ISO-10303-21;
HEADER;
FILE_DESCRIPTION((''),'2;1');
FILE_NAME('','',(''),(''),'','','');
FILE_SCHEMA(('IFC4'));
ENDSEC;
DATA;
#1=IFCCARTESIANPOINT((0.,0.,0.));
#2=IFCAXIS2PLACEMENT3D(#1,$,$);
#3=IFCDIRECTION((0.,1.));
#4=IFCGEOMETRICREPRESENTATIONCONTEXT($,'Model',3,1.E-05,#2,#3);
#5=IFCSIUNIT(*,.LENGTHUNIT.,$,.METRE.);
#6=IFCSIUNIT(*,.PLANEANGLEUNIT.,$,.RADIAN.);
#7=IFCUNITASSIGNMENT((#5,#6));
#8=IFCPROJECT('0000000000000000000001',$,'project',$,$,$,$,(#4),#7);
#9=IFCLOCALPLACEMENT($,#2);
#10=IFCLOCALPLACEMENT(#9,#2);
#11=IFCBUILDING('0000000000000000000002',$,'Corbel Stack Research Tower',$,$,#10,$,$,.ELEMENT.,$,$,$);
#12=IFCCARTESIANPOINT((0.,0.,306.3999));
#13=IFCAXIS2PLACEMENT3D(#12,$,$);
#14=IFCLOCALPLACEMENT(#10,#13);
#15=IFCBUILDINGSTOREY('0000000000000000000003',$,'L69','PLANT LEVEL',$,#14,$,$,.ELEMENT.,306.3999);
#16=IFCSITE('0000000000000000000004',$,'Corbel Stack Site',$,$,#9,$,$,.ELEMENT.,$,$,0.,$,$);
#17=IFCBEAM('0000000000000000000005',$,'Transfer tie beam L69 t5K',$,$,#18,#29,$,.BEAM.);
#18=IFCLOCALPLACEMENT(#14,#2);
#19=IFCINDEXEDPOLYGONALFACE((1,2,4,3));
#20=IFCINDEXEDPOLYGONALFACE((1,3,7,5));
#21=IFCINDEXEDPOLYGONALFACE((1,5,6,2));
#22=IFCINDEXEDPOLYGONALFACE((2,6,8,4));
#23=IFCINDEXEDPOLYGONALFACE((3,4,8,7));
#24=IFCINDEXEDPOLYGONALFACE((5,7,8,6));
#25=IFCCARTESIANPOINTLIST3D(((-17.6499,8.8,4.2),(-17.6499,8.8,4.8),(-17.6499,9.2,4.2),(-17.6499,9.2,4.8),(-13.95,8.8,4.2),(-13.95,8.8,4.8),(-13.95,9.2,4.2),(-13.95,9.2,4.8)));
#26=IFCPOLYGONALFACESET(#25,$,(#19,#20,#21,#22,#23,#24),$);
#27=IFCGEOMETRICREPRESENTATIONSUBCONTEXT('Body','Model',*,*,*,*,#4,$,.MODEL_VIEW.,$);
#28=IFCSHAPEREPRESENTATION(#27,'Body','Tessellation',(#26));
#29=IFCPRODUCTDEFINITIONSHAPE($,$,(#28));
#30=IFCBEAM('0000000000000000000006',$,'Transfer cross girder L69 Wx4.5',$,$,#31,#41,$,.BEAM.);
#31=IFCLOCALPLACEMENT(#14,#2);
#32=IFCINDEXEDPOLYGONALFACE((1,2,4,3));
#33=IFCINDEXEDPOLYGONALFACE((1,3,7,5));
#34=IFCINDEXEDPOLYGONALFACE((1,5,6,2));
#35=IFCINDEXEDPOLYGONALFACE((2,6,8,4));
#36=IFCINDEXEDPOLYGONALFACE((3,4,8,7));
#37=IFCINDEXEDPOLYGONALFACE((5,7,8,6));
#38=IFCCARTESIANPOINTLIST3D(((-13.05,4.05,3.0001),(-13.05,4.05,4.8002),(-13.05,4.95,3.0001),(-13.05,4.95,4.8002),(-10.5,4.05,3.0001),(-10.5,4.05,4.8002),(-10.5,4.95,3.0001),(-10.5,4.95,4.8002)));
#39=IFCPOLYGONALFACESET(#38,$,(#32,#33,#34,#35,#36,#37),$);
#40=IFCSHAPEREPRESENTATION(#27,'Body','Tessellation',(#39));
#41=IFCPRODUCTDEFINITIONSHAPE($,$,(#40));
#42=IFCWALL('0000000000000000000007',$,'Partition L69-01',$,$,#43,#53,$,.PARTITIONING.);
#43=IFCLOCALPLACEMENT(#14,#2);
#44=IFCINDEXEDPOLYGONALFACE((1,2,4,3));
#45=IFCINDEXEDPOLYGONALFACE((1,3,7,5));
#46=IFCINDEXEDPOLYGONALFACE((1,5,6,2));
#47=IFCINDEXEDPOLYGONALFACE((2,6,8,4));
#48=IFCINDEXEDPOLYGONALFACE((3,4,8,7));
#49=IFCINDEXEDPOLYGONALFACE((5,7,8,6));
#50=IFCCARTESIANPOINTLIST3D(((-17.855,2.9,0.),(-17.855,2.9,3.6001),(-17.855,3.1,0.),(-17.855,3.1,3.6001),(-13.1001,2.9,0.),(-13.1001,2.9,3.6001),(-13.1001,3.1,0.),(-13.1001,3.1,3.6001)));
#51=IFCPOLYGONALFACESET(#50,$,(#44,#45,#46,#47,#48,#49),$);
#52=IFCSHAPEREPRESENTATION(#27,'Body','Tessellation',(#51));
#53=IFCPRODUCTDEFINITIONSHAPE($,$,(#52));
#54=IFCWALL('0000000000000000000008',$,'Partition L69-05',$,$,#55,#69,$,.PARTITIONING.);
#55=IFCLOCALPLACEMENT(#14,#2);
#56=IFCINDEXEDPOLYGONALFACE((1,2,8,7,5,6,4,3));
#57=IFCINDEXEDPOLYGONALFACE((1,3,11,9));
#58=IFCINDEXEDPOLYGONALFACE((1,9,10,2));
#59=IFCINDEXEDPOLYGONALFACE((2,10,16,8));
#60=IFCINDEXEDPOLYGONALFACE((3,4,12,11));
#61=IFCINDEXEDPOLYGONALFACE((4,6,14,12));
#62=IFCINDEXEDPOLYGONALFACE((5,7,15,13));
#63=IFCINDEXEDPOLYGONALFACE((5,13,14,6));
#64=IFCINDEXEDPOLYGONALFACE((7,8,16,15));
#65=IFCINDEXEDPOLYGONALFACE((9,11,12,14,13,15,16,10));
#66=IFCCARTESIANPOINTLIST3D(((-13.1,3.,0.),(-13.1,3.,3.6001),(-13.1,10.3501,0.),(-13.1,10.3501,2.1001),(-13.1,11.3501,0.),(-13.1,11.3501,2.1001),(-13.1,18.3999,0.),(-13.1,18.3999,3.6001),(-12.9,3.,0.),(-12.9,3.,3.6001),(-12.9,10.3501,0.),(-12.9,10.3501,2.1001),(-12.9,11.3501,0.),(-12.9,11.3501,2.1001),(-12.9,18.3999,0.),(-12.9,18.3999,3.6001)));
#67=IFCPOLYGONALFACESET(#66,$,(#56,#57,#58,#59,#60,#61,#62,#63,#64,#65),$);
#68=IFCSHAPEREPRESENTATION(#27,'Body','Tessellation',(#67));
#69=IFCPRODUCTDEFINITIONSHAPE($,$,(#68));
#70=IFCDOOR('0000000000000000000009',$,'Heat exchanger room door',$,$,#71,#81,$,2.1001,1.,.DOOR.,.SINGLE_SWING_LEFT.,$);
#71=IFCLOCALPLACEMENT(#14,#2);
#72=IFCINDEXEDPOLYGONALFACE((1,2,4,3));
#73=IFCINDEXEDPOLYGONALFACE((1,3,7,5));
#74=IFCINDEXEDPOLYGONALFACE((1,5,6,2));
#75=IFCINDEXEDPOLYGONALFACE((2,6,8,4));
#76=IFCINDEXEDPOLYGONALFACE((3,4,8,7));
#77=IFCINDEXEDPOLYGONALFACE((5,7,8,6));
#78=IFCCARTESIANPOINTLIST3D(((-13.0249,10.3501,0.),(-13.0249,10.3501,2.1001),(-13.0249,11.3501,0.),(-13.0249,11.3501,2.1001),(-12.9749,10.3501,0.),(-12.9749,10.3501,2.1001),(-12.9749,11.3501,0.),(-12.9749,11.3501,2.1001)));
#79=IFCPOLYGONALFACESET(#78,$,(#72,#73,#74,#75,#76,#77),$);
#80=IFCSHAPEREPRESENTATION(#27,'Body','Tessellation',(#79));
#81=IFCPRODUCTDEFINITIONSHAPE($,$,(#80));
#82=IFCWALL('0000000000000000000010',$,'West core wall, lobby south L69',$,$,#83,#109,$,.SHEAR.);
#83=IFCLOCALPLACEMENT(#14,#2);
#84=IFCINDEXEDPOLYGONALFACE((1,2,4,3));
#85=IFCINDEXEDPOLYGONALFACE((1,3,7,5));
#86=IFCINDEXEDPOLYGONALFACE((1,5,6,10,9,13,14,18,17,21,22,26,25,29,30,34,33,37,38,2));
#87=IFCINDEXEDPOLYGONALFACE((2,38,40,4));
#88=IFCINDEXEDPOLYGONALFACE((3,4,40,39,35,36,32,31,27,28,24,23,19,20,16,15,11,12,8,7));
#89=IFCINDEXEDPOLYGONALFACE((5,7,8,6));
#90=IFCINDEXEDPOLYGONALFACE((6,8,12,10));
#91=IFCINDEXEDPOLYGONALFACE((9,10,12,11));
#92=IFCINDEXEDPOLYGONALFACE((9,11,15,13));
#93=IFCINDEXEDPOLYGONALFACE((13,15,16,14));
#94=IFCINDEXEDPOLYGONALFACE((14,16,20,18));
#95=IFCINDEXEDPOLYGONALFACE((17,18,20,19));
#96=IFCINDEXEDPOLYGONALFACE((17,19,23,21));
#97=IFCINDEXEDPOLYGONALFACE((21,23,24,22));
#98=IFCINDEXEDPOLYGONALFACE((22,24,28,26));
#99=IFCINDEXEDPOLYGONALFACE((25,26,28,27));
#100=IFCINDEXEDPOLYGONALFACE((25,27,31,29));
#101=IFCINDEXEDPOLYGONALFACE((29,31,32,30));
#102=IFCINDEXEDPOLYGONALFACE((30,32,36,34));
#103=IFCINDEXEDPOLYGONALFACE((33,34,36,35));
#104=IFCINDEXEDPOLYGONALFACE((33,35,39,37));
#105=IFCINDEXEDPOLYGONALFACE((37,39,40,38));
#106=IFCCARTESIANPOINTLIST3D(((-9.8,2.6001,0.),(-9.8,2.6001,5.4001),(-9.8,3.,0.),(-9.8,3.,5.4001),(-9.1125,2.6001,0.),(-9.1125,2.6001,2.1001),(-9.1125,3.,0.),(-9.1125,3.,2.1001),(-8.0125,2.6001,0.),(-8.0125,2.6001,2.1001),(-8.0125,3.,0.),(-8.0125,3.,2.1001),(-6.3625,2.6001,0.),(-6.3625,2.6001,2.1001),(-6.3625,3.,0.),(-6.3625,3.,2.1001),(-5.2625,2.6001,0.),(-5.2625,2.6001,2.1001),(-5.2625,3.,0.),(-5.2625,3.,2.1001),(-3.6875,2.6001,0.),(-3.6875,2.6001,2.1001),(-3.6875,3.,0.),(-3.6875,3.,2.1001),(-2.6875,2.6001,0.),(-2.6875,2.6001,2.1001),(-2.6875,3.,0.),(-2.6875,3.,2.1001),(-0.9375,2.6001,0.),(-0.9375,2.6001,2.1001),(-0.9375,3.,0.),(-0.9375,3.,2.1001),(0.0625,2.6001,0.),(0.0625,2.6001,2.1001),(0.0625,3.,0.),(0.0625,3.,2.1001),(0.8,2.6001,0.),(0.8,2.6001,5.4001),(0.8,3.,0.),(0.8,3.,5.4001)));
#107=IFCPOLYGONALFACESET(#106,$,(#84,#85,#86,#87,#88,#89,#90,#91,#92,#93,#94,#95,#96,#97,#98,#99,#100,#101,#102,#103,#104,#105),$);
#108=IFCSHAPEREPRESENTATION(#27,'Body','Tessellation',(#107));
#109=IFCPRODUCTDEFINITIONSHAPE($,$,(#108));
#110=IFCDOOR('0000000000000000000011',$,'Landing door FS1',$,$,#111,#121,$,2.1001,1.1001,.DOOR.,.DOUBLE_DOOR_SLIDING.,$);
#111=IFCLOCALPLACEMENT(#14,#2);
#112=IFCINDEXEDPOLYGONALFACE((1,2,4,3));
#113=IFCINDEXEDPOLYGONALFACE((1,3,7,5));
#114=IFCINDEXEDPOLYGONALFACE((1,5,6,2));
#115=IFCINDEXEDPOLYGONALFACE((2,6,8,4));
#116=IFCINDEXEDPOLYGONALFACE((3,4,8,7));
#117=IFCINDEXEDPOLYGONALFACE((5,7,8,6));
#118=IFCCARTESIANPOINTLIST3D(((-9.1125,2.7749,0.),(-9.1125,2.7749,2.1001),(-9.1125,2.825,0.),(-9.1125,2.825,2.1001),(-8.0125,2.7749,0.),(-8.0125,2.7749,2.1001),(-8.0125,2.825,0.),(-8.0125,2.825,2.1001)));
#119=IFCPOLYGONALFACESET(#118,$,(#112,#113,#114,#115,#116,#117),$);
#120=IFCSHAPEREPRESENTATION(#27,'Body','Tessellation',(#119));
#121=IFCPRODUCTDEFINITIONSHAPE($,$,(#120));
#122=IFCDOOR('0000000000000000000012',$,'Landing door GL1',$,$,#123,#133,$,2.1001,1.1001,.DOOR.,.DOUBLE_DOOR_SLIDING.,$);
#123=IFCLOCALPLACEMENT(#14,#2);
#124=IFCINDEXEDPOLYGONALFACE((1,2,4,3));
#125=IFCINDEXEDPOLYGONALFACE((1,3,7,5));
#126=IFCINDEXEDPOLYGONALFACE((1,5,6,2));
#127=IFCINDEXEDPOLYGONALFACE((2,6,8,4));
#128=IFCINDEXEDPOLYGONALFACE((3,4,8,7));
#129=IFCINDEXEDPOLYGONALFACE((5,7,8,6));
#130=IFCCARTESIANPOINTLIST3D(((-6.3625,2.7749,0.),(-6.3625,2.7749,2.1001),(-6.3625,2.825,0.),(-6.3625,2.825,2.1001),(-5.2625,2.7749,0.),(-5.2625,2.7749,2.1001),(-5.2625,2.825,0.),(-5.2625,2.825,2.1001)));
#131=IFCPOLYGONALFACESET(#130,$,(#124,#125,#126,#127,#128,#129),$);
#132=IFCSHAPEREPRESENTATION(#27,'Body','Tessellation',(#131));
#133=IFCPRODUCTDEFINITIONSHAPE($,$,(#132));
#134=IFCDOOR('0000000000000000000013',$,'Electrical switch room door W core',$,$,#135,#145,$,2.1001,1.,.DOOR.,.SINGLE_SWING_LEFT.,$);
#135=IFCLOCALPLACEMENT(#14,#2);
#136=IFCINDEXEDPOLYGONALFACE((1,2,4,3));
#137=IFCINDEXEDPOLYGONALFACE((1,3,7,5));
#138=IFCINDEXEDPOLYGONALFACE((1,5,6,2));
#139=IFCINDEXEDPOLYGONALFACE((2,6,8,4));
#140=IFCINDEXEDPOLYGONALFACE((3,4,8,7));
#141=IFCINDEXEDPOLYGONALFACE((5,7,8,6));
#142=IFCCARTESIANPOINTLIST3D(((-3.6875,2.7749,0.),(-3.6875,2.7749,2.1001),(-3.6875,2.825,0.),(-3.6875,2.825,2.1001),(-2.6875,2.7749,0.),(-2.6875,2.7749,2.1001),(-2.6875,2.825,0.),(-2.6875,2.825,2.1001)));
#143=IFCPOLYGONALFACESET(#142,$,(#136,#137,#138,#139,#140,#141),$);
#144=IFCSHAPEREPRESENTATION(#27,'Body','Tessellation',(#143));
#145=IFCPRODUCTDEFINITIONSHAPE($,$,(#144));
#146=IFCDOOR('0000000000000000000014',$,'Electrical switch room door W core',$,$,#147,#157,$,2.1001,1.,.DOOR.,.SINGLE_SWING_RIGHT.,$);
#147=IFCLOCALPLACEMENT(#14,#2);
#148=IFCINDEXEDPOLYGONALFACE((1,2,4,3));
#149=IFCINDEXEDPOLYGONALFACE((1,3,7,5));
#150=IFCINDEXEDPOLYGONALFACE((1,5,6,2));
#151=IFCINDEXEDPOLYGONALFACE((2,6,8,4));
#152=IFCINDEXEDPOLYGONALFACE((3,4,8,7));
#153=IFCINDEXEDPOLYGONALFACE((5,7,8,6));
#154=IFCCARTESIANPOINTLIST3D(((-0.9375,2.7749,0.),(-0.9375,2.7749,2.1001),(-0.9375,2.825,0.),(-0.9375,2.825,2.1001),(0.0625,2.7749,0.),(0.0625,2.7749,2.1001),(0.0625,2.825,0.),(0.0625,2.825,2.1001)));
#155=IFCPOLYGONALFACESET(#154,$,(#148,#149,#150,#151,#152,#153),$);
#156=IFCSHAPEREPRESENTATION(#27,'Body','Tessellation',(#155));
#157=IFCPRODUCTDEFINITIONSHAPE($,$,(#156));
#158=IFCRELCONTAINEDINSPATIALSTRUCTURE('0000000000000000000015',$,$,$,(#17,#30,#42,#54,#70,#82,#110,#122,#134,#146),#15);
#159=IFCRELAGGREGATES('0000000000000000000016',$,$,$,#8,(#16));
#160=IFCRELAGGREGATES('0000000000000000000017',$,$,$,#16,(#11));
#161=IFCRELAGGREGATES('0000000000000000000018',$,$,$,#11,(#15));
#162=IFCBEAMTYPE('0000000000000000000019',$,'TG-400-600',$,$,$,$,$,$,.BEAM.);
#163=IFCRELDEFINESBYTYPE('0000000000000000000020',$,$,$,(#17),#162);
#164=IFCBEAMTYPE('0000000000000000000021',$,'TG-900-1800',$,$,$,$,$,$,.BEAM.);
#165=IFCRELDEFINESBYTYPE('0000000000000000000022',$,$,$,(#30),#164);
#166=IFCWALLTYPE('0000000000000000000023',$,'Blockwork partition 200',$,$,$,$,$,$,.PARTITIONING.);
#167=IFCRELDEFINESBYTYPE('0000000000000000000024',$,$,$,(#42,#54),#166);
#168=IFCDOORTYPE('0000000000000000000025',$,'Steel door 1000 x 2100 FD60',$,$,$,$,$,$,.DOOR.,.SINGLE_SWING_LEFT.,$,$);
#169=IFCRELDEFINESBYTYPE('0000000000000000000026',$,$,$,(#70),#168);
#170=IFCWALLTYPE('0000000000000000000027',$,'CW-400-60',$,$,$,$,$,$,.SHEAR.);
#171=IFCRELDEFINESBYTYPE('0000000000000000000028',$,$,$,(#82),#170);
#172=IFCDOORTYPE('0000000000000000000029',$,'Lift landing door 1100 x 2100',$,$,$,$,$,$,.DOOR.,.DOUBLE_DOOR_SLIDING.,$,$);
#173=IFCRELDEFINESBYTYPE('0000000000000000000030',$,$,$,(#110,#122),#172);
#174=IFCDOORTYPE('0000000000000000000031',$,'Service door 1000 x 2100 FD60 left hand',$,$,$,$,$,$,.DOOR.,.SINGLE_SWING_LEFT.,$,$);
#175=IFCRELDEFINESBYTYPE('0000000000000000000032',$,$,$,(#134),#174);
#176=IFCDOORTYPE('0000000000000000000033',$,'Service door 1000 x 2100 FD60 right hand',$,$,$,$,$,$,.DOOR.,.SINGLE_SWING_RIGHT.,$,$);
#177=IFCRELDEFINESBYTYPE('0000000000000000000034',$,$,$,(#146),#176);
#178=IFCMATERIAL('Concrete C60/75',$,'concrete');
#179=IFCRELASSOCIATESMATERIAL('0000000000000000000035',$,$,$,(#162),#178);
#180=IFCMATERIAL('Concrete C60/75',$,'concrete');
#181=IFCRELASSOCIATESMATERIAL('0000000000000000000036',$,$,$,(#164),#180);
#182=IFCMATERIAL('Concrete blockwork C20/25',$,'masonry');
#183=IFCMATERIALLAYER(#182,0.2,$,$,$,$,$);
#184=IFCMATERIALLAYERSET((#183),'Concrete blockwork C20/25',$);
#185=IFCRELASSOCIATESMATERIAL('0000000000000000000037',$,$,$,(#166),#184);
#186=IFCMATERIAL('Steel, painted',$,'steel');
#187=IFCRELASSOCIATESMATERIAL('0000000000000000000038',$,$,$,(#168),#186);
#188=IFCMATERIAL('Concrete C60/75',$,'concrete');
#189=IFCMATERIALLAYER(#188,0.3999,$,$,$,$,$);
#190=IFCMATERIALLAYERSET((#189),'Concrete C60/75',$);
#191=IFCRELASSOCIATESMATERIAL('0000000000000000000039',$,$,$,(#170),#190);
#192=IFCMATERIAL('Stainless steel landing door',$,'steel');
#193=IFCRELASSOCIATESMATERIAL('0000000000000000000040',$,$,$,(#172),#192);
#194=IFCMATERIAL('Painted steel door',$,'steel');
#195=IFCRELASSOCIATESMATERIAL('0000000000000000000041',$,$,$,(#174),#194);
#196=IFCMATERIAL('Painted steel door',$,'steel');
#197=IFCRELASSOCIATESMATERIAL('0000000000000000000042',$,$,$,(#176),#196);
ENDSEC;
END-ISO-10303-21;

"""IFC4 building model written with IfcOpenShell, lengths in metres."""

from ifc_helpers import new_model, si_unit, direction, frame, frame_2d, origin, origin_2d, place, context, subcontext, project, spatial, rectangle, extrude, material, layer, layer_set, material_profile, profile_set, type_object, element, fill, save


model = new_model("IFC4")

# Units and contexts
model_context = context("Model", 3, precision=1e-05, world=origin(), true_north=direction((0.0, 1.0)))
body_context = subcontext(model_context, "Body", "Model", "MODEL_VIEW")
ifc_project = project(units=[si_unit("LENGTHUNIT", "METRE"), si_unit("PLANEANGLEUNIT", "RADIAN")], contexts=[model_context])

# Site, building, storey
site_placement = place(None, origin())
site = spatial("IfcSite", under=ifc_project, at=site_placement, Name="Corbel Stack Site", CompositionType="ELEMENT", RefElevation=0.0)
building_placement = place(site_placement, origin())
building = spatial("IfcBuilding", under=site, at=building_placement, Name="Corbel Stack Research Tower", CompositionType="ELEMENT")
storey_placement = place(building_placement, frame((0.0, 0.0, 306.3999)))
storey = spatial("IfcBuildingStorey", under=building, at=storey_placement, Name="L69", Description="PLANT LEVEL", CompositionType="ELEMENT", Elevation=306.3999)

# Beams
ifc_material_1 = material(Name="Concrete C60/75", Category="concrete")
ifc_material_profile_1 = material_profile(ifc_material_1, rectangle(XDim=0.3999, YDim=0.6001, at=origin_2d()), Name="RC 400 x 600")
ifc_profile_set_1 = profile_set([ifc_material_profile_1], Name="Concrete C60/75")
beam_type_1 = type_object("IfcBeamType", Name="TG-400-600", PredefinedType="BEAM", material=ifc_profile_set_1)
beam_1_placement = place(storey_placement, frame((-13.95, 9.0, 4.5), z_axis=(-1.0, 0.0, 0.0), x_axis=(0.0, -1.0, 0.0)))
element("IfcBeam", 1, at=beam_1_placement, inside=storey, type_object=beam_type_1, Name="Transfer tie beam L69 t5K", PredefinedType="BEAM", context=body_context, shape_type="SweptSolid", body=[
    extrude(rectangle(XDim=0.3999, YDim=0.6001, at=origin_2d()), origin(), (0.0, 0.0, 1.0), 3.7),
])
ifc_material_2 = material(Name="Concrete C60/75", Category="concrete")
ifc_material_profile_2 = material_profile(ifc_material_2, rectangle(XDim=0.8999, YDim=1.8, at=origin_2d()), Name="RC 900 x 1800")
ifc_profile_set_2 = profile_set([ifc_material_profile_2], Name="Concrete C60/75")
beam_type_2 = type_object("IfcBeamType", Name="TG-900-1800", PredefinedType="BEAM", material=ifc_profile_set_2)
beam_2_placement = place(storey_placement, frame((-13.05, 4.5, 3.9001), z_axis=(1.0, 0.0, 0.0), x_axis=(0.0, 1.0, 0.0)))
element("IfcBeam", 2, at=beam_2_placement, inside=storey, type_object=beam_type_2, Name="Transfer cross girder L69 Wx4.5", PredefinedType="BEAM", context=body_context, shape_type="SweptSolid", body=[
    extrude(rectangle(XDim=0.8999, YDim=1.8, at=origin_2d()), origin(), (0.0, 0.0, 1.0), 2.55),
])

# Wall
ifc_material_3 = material(Name="Concrete blockwork C20/25", Category="masonry")
ifc_layer_1 = layer(ifc_material_3, 0.2)
ifc_layer_set_1 = layer_set([ifc_layer_1], Name="Concrete blockwork C20/25")
wall_type_1 = type_object("IfcWallType", Name="Blockwork partition 200", PredefinedType="PARTITIONING", material=ifc_layer_set_1)
wall_1_placement = place(storey_placement, frame((-17.855, 3.0, 0.0), z_axis=(0.0, 0.0, 1.0), x_axis=(1.0, 0.0, 0.0)))
element("IfcWall", 3, at=wall_1_placement, inside=storey, type_object=wall_type_1, Name="Partition L69-01", PredefinedType="PARTITIONING", context=body_context, shape_type="SweptSolid", body=[
    extrude(rectangle(XDim=4.7549, YDim=0.2, at=frame_2d((2.3774, 0.0))), origin(), (0.0, 0.0, 1.0), 3.6001),
])

# Wall, opening, door
wall_2_placement = place(storey_placement, frame((-13.0, 3.0, 0.0), z_axis=(0.0, 0.0, 1.0), x_axis=(0.0, 1.0, 0.0)))
wall_2 = element("IfcWall", 4, at=wall_2_placement, inside=storey, type_object=wall_type_1, Name="Partition L69-05", PredefinedType="PARTITIONING", context=body_context, shape_type="SweptSolid", body=[
    extrude(rectangle(XDim=15.3999, YDim=0.2, at=frame_2d((7.7, 0.0))), origin(), (0.0, 0.0, 1.0), 3.6001),
])
opening_1_placement = place(wall_2_placement, frame((7.3501, 0.0, 0.0)))
opening_1 = element("IfcOpeningElement", 5, at=opening_1_placement, cuts=wall_2, PredefinedType="OPENING", context=body_context, shape_type="SweptSolid", body=[
    extrude(rectangle(XDim=1.0, YDim=2.1001, at=frame_2d((0.5, 1.05))), frame((0.0, 0.1099, 0.0), z_axis=(0.0, -1.0, 0.0), x_axis=(1.0, 0.0, 0.0)), (0.0, 0.0, 1.0), 0.22),
])
ifc_material_4 = material(Name="Steel, painted", Category="steel")
door_type_1 = type_object("IfcDoorType", Name="Steel door 1000 x 2100 FD60", OperationType="SINGLE_SWING_LEFT", PredefinedType="DOOR", material=ifc_material_4)
door_1_placement = place(opening_1_placement, origin())
door_1 = element("IfcDoor", 6, at=door_1_placement, inside=storey, type_object=door_type_1, Name="Heat exchanger room door", OperationType="SINGLE_SWING_LEFT", OverallHeight=2.1001, OverallWidth=1.0, PredefinedType="DOOR", context=body_context, shape_type="SweptSolid", body=[
    extrude(rectangle(XDim=1.0, YDim=2.1001, at=frame_2d((0.5, 1.05))), frame((0.0, 0.0249, 0.0), z_axis=(0.0, -1.0, 0.0), x_axis=(1.0, 0.0, 0.0)), (0.0, 0.0, 1.0), 0.05),
])
fill(opening_1, door_1)

# Wall, openings, doors
ifc_material_5 = material(Name="Concrete C60/75", Category="concrete")
ifc_layer_2 = layer(ifc_material_5, 0.3999)
ifc_layer_set_2 = layer_set([ifc_layer_2], Name="Concrete C60/75")
wall_type_2 = type_object("IfcWallType", Name="CW-400-60", PredefinedType="SHEAR", material=ifc_layer_set_2)
wall_3_placement = place(storey_placement, frame((-9.8, 2.8, 0.0), z_axis=(0.0, 0.0, 1.0), x_axis=(1.0, 0.0, 0.0)))
wall_3 = element("IfcWall", 7, at=wall_3_placement, inside=storey, type_object=wall_type_2, Name="West core wall, lobby south L69", PredefinedType="SHEAR", context=body_context, shape_type="SweptSolid", body=[
    extrude(rectangle(XDim=10.6001, YDim=0.3999, at=frame_2d((5.3, 0.0))), origin(), (0.0, 0.0, 1.0), 5.4001),
])
opening_2_placement = place(wall_3_placement, frame((0.6875, 0.0, 0.0)))
opening_2 = element("IfcOpeningElement", 8, at=opening_2_placement, cuts=wall_3, PredefinedType="OPENING", context=body_context, shape_type="SweptSolid", body=[
    extrude(rectangle(XDim=1.1001, YDim=2.1001, at=frame_2d((0.55, 1.05))), frame((0.0, 0.21, 0.0), z_axis=(0.0, -1.0, 0.0), x_axis=(1.0, 0.0, 0.0)), (0.0, 0.0, 1.0), 0.4199),
])
opening_3_placement = place(wall_3_placement, frame((3.4375, 0.0, 0.0)))
opening_3 = element("IfcOpeningElement", 9, at=opening_3_placement, cuts=wall_3, PredefinedType="OPENING", context=body_context, shape_type="SweptSolid", body=[
    extrude(rectangle(XDim=1.1001, YDim=2.1001, at=frame_2d((0.55, 1.05))), frame((0.0, 0.21, 0.0), z_axis=(0.0, -1.0, 0.0), x_axis=(1.0, 0.0, 0.0)), (0.0, 0.0, 1.0), 0.4199),
])
opening_4_placement = place(wall_3_placement, frame((6.1125, 0.0, 0.0)))
opening_4 = element("IfcOpeningElement", 10, at=opening_4_placement, cuts=wall_3, PredefinedType="OPENING", context=body_context, shape_type="SweptSolid", body=[
    extrude(rectangle(XDim=1.0, YDim=2.1001, at=frame_2d((0.5, 1.05))), frame((0.0, 0.21, 0.0), z_axis=(0.0, -1.0, 0.0), x_axis=(1.0, 0.0, 0.0)), (0.0, 0.0, 1.0), 0.4199),
])
opening_5_placement = place(wall_3_placement, frame((8.8625, 0.0, 0.0)))
opening_5 = element("IfcOpeningElement", 11, at=opening_5_placement, cuts=wall_3, PredefinedType="OPENING", context=body_context, shape_type="SweptSolid", body=[
    extrude(rectangle(XDim=1.0, YDim=2.1001, at=frame_2d((0.5, 1.05))), frame((0.0, 0.21, 0.0), z_axis=(0.0, -1.0, 0.0), x_axis=(1.0, 0.0, 0.0)), (0.0, 0.0, 1.0), 0.4199),
])
ifc_material_6 = material(Name="Stainless steel landing door", Category="steel")
door_type_2 = type_object("IfcDoorType", Name="Lift landing door 1100 x 2100", OperationType="DOUBLE_DOOR_SLIDING", PredefinedType="DOOR", material=ifc_material_6)
door_2_placement = place(opening_2_placement, origin())
door_2 = element("IfcDoor", 12, at=door_2_placement, inside=storey, type_object=door_type_2, Name="Landing door FS1", OperationType="DOUBLE_DOOR_SLIDING", OverallHeight=2.1001, OverallWidth=1.1001, PredefinedType="DOOR", context=body_context, shape_type="SweptSolid", body=[
    extrude(rectangle(XDim=1.1001, YDim=2.1001, at=frame_2d((0.55, 1.05))), frame((0.0, 0.0249, 0.0), z_axis=(0.0, -1.0, 0.0), x_axis=(1.0, 0.0, 0.0)), (0.0, 0.0, 1.0), 0.05),
])
fill(opening_2, door_2)
door_3_placement = place(opening_3_placement, origin())
door_3 = element("IfcDoor", 13, at=door_3_placement, inside=storey, type_object=door_type_2, Name="Landing door GL1", OperationType="DOUBLE_DOOR_SLIDING", OverallHeight=2.1001, OverallWidth=1.1001, PredefinedType="DOOR", context=body_context, shape_type="SweptSolid", body=[
    extrude(rectangle(XDim=1.1001, YDim=2.1001, at=frame_2d((0.55, 1.05))), frame((0.0, 0.0249, 0.0), z_axis=(0.0, -1.0, 0.0), x_axis=(1.0, 0.0, 0.0)), (0.0, 0.0, 1.0), 0.05),
])
fill(opening_3, door_3)
ifc_material_7 = material(Name="Painted steel door", Category="steel")
door_type_3 = type_object("IfcDoorType", Name="Service door 1000 x 2100 FD60 left hand", OperationType="SINGLE_SWING_LEFT", PredefinedType="DOOR", material=ifc_material_7)
door_4_placement = place(opening_4_placement, origin())
door_4 = element("IfcDoor", 14, at=door_4_placement, inside=storey, type_object=door_type_3, Name="Electrical switch room door W core", OperationType="SINGLE_SWING_LEFT", OverallHeight=2.1001, OverallWidth=1.0, PredefinedType="DOOR", context=body_context, shape_type="SweptSolid", body=[
    extrude(rectangle(XDim=1.0, YDim=2.1001, at=frame_2d((0.5, 1.05))), frame((0.0, 0.0249, 0.0), z_axis=(0.0, -1.0, 0.0), x_axis=(1.0, 0.0, 0.0)), (0.0, 0.0, 1.0), 0.05),
])
fill(opening_4, door_4)
ifc_material_8 = material(Name="Painted steel door", Category="steel")
door_type_4 = type_object("IfcDoorType", Name="Service door 1000 x 2100 FD60 right hand", OperationType="SINGLE_SWING_RIGHT", PredefinedType="DOOR", material=ifc_material_8)
door_5_placement = place(opening_5_placement, origin())
door_5 = element("IfcDoor", 15, at=door_5_placement, inside=storey, type_object=door_type_4, Name="Electrical switch room door W core", OperationType="SINGLE_SWING_RIGHT", OverallHeight=2.1001, OverallWidth=1.0, PredefinedType="DOOR", context=body_context, shape_type="SweptSolid", body=[
    extrude(rectangle(XDim=1.0, YDim=2.1001, at=frame_2d((0.5, 1.05))), frame((0.0, 0.0249, 0.0), z_axis=(0.0, -1.0, 0.0), x_axis=(1.0, 0.0, 0.0)), (0.0, 0.0, 1.0), 0.05),
])
fill(opening_5, door_5)

save(model, "model.ifc")
